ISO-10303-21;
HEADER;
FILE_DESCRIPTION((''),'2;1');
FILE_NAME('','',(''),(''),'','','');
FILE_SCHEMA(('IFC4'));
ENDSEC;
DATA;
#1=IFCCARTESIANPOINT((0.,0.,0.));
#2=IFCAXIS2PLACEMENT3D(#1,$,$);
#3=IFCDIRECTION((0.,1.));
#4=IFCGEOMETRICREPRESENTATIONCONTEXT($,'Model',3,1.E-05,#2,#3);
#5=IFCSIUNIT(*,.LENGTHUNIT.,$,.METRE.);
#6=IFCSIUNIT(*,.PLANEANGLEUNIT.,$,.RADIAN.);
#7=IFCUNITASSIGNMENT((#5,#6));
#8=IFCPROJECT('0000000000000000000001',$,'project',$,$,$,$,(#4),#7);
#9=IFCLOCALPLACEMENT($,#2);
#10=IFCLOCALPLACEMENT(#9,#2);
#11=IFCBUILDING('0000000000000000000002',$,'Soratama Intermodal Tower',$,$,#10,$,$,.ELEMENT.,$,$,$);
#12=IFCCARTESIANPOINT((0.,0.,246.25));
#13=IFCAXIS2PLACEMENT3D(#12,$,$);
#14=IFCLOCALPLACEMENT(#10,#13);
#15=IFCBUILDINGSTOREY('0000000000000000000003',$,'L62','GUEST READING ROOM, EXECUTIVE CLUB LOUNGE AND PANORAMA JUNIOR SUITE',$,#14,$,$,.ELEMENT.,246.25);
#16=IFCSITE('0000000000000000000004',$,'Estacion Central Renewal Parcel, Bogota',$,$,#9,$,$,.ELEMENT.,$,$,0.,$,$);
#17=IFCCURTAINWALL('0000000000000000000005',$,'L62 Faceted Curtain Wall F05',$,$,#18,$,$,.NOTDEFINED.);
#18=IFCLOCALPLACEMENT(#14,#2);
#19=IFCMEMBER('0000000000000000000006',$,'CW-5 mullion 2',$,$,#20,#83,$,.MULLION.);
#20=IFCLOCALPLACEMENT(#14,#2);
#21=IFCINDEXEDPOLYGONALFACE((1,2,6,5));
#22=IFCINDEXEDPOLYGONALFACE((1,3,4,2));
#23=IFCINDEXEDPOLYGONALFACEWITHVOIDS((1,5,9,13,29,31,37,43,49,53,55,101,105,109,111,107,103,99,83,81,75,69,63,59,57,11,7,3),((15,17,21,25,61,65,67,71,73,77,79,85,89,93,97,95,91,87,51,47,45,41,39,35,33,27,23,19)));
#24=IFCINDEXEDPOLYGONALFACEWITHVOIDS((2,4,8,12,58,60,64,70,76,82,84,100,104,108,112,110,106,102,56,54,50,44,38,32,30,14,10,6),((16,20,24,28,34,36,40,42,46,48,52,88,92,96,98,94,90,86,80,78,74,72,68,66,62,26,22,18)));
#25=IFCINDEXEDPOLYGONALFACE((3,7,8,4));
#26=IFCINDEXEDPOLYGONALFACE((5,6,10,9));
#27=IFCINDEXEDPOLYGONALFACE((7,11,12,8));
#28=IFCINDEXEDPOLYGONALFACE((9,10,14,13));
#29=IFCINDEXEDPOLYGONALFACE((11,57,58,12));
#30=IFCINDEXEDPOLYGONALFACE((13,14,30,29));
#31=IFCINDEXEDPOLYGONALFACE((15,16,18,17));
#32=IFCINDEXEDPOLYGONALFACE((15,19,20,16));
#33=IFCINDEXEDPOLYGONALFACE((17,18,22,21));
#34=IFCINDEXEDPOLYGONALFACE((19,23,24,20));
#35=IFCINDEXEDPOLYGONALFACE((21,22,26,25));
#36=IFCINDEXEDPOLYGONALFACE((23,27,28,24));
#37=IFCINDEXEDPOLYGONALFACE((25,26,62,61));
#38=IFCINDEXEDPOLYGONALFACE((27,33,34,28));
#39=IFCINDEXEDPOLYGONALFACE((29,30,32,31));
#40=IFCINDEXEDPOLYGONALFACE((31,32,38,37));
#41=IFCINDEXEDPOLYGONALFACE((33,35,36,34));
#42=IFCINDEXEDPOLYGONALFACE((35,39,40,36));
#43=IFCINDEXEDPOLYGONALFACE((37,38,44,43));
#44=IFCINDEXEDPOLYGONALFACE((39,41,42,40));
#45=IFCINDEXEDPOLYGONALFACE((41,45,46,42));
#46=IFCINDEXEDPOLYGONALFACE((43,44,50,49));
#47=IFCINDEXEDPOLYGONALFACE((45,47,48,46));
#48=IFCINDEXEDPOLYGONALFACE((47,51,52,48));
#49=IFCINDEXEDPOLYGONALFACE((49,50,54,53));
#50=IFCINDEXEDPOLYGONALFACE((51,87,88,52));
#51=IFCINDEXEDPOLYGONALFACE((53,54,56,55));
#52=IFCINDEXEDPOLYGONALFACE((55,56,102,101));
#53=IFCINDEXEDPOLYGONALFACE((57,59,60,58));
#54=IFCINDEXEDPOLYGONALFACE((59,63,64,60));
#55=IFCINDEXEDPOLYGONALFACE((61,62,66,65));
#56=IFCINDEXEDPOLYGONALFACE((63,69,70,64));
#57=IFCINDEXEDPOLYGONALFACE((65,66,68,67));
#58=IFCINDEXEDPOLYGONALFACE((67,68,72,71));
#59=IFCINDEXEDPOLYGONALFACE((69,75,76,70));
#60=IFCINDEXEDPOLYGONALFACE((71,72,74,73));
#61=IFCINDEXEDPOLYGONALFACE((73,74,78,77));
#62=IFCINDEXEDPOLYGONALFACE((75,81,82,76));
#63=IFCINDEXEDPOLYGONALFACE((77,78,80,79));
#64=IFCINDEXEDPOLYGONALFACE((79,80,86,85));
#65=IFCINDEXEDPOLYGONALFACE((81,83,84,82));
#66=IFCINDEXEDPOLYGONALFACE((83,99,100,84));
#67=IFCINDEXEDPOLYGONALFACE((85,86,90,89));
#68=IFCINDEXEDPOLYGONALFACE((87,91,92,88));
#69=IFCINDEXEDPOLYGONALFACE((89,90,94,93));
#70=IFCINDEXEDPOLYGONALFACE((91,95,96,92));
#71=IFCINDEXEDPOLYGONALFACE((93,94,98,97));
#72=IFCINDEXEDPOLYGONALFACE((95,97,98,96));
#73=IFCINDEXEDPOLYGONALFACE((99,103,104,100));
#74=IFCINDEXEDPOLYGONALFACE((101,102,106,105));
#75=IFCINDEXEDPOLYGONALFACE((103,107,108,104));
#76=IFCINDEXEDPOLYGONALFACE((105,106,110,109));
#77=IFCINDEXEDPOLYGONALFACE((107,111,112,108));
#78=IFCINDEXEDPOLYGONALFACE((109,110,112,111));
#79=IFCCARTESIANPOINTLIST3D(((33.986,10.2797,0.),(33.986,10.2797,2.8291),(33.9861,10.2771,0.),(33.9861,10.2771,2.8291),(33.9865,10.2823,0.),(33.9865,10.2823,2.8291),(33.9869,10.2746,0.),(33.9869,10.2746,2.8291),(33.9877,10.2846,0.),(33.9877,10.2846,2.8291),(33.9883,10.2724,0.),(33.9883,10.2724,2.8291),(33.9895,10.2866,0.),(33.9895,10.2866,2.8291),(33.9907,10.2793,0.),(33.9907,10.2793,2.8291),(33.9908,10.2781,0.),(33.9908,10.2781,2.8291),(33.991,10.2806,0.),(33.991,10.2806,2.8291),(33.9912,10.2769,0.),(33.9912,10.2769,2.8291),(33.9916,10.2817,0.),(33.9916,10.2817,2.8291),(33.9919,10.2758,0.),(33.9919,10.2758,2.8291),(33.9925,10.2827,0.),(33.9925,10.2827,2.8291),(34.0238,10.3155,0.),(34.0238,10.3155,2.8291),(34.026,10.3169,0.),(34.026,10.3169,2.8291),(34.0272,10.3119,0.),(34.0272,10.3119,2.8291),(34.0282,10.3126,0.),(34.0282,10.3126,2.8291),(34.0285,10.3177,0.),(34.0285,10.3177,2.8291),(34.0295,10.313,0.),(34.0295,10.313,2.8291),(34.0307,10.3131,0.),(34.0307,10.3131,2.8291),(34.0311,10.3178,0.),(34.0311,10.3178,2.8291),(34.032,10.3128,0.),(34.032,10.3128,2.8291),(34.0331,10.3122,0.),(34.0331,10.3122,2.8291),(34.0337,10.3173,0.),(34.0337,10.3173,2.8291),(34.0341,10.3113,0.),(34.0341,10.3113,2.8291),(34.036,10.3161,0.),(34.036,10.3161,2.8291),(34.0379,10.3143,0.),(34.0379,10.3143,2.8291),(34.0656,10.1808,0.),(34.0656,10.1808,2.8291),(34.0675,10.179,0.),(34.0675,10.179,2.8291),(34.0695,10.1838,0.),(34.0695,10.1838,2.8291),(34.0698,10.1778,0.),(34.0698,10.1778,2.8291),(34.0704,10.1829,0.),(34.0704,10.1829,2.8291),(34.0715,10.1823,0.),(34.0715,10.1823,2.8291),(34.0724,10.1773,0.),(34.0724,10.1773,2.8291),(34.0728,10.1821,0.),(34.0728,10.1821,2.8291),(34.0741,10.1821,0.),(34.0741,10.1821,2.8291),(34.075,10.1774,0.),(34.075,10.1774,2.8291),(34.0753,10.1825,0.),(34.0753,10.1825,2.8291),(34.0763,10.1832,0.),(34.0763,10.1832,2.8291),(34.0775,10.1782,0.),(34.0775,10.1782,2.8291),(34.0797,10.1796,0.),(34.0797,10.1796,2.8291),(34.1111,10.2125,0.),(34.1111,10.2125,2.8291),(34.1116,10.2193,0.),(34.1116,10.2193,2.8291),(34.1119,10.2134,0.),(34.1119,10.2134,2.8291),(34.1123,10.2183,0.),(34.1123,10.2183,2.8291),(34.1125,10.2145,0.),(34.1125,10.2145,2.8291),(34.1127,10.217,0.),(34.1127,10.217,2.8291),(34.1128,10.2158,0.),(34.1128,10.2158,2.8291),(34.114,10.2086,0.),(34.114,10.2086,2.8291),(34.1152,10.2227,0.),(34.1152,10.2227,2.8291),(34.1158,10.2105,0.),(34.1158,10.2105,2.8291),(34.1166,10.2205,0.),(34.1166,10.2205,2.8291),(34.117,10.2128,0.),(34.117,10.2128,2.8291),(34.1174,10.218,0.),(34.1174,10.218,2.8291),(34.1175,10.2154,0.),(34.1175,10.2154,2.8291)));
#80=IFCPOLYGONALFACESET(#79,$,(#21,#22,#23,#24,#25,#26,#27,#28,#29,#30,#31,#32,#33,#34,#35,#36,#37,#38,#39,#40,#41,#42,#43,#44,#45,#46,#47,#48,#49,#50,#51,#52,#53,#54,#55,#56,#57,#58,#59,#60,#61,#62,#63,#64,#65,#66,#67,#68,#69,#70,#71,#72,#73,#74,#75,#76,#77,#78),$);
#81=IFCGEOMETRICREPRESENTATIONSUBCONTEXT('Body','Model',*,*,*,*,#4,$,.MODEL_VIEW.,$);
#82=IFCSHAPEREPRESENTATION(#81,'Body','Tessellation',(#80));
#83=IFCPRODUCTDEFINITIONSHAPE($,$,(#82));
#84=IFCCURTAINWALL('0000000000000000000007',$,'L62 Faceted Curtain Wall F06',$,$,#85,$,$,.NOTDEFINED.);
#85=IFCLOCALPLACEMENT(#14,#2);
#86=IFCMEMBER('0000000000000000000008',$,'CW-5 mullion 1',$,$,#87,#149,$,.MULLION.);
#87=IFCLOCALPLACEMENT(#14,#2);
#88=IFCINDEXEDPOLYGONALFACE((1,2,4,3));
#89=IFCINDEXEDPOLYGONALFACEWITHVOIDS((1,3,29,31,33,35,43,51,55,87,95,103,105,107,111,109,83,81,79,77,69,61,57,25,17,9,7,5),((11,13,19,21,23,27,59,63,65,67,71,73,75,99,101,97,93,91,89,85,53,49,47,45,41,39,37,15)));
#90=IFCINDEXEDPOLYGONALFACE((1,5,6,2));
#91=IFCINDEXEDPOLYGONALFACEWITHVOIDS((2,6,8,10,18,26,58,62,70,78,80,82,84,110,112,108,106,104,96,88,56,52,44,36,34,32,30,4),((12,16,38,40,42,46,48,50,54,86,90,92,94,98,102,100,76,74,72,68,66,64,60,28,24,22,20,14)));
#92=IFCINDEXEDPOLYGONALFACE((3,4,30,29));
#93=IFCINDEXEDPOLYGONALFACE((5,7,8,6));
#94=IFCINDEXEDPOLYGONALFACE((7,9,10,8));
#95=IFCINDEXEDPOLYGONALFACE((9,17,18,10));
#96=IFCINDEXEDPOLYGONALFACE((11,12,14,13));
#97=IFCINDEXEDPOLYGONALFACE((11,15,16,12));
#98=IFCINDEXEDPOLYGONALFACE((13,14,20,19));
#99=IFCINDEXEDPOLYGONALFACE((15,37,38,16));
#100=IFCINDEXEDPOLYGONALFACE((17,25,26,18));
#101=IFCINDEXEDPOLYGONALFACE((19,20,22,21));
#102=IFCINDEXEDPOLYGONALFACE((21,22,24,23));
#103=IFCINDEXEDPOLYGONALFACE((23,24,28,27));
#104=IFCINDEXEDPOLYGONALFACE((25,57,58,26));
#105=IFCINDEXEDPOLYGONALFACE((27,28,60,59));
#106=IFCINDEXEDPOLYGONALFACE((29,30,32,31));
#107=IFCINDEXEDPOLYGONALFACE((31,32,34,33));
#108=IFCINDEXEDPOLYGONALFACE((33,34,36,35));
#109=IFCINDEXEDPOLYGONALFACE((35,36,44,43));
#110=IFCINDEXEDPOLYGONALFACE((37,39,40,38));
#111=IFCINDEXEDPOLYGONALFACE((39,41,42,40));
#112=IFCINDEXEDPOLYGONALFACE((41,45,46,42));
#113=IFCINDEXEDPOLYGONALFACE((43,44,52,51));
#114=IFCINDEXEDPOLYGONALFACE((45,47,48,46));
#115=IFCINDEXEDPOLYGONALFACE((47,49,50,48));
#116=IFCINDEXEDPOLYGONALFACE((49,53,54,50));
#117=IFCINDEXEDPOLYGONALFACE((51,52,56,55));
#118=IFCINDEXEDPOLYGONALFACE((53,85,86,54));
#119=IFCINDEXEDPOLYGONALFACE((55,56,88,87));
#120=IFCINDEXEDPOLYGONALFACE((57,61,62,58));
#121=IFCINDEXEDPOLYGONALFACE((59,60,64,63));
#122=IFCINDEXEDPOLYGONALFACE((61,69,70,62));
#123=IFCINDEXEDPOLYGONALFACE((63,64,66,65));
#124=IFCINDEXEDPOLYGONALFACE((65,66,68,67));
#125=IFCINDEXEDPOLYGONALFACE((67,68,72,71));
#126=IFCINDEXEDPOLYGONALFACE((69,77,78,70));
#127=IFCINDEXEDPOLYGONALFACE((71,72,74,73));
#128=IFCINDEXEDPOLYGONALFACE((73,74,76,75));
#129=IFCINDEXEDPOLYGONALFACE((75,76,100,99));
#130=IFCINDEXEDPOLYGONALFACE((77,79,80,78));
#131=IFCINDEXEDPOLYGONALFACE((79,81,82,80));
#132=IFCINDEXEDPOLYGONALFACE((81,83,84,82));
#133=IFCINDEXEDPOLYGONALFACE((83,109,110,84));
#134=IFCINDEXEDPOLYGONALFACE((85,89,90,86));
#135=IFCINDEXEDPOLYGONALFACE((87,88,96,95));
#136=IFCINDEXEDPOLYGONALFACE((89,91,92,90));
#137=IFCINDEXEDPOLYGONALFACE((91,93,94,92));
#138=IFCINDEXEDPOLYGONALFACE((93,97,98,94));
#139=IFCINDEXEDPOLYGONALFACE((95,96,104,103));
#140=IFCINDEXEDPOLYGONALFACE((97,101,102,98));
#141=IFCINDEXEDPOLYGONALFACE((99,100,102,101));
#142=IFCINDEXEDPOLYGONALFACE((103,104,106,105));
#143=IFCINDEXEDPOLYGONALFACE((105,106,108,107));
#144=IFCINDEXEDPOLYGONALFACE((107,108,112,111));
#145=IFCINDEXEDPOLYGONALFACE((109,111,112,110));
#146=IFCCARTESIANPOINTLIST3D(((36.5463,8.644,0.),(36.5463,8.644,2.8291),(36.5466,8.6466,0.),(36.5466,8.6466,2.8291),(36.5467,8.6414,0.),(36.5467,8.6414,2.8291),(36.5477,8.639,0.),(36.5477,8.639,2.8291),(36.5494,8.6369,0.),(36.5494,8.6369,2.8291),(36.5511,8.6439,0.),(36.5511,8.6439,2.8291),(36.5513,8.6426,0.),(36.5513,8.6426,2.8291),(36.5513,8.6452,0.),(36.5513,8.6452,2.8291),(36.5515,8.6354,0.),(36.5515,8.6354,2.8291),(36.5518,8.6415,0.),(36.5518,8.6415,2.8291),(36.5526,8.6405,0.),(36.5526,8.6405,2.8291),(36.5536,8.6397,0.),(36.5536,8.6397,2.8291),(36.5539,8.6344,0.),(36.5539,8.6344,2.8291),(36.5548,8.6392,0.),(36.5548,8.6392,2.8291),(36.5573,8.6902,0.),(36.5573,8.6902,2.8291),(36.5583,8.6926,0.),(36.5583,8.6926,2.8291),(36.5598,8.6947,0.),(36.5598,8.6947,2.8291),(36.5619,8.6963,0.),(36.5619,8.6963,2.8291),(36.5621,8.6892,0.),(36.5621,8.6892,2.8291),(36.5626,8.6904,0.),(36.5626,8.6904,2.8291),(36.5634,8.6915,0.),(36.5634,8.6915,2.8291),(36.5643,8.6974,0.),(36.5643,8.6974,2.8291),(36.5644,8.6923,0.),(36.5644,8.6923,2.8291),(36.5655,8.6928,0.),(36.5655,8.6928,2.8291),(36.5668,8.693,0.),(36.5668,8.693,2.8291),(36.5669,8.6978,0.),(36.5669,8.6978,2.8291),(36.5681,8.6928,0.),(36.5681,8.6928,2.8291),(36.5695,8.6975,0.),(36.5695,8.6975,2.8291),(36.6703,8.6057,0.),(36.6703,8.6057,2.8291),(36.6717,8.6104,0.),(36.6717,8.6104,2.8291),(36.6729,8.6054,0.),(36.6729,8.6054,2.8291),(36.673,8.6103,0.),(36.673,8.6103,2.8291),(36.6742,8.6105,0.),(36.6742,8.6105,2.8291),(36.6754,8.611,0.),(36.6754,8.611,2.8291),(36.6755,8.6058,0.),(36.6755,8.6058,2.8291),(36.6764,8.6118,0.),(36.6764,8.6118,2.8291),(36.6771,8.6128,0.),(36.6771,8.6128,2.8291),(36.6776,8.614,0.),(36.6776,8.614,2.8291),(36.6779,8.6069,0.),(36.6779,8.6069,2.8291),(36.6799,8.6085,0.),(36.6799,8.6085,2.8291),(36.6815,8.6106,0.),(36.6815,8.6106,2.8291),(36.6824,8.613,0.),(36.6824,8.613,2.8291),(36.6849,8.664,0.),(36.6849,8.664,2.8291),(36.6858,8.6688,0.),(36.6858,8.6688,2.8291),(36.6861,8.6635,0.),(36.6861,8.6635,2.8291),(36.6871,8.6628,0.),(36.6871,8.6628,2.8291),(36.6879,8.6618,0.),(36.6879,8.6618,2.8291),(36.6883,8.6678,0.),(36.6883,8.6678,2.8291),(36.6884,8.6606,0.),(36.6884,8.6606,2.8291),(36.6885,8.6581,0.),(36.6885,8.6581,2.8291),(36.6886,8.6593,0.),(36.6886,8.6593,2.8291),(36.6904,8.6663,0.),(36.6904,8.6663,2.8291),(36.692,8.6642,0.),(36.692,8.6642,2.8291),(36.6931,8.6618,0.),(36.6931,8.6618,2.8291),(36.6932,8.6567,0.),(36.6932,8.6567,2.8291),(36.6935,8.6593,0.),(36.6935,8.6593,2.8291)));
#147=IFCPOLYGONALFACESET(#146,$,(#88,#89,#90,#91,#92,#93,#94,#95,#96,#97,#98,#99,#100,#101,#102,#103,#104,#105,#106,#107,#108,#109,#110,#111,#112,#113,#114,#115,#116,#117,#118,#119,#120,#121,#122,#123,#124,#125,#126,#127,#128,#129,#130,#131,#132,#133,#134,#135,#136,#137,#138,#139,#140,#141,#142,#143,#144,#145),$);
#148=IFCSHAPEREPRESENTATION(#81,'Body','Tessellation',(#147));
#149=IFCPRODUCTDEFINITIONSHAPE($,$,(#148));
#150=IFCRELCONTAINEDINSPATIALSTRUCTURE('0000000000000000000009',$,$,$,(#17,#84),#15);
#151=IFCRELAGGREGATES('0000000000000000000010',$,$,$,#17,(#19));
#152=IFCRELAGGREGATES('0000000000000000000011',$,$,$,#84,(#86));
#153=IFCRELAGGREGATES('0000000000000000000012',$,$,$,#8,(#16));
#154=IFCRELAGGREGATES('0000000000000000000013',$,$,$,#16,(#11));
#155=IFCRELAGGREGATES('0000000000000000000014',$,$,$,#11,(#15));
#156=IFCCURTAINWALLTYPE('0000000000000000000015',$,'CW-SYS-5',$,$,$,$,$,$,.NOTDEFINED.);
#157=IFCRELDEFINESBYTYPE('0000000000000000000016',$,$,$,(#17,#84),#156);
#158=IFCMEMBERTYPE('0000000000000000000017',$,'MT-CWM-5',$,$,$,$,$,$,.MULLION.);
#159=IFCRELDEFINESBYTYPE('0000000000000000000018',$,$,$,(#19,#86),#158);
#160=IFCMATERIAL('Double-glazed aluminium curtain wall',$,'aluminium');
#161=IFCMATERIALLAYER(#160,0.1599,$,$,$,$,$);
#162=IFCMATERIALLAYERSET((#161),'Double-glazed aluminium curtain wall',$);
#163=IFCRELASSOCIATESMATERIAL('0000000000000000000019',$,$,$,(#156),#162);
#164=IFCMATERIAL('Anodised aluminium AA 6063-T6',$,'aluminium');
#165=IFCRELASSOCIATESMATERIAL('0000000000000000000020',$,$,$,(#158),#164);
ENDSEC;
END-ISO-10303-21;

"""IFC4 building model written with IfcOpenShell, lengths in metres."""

from ifc_helpers import new_model, si_unit, direction, frame, origin, origin_2d, place, context, subcontext, project, spatial, hollow_rectangle, extrude, material, layer, layer_set, material_profile, profile_set, type_object, element, aggregate, save


model = new_model("IFC4")

# Units and contexts
model_context = context("Model", 3, precision=1e-05, world=origin(), true_north=direction((0.0, 1.0)))
body_context = subcontext(model_context, "Body", "Model", "MODEL_VIEW")
ifc_project = project(units=[si_unit("LENGTHUNIT", "METRE"), si_unit("PLANEANGLEUNIT", "RADIAN")], contexts=[model_context])

# Site, building, storey
site_placement = place(None, origin())
site = spatial("IfcSite", under=ifc_project, at=site_placement, Name="Estacion Central Renewal Parcel, Bogota", CompositionType="ELEMENT", RefElevation=0.0)
building_placement = place(site_placement, origin())
building = spatial("IfcBuilding", under=site, at=building_placement, Name="Soratama Intermodal Tower", CompositionType="ELEMENT")
storey_placement = place(building_placement, frame((0.0, 0.0, 246.25)))
storey = spatial("IfcBuildingStorey", under=building, at=storey_placement, Name="L62", Description="GUEST READING ROOM, EXECUTIVE CLUB LOUNGE AND PANORAMA JUNIOR SUITE", CompositionType="ELEMENT", Elevation=246.25)

# Curtain wall, member
ifc_material_1 = material(Name="Double-glazed aluminium curtain wall", Category="aluminium")
ifc_layer_1 = layer(ifc_material_1, 0.1599)
ifc_layer_set_1 = layer_set([ifc_layer_1], Name="Double-glazed aluminium curtain wall")
curtain_wall_type = type_object("IfcCurtainWallType", Name="CW-SYS-5", PredefinedType="NOTDEFINED", material=ifc_layer_set_1)
curtain_wall_1_placement = place(storey_placement, origin())
curtain_wall_1 = element("IfcCurtainWall", 1, at=curtain_wall_1_placement, inside=storey, type_object=curtain_wall_type, Name="L62 Faceted Curtain Wall F05", PredefinedType="NOTDEFINED")
ifc_material_2 = material(Name="Anodised aluminium AA 6063-T6", Category="aluminium")
ifc_material_profile_1 = material_profile(ifc_material_2, hollow_rectangle(XDim=0.0649, YDim=0.1399, WallThickness=0.0049, InnerFilletRadius=0.0049, OuterFilletRadius=0.01, at=origin_2d()), Name="CWM140X65X5")
ifc_profile_set_1 = profile_set([ifc_material_profile_1], Name="Anodised aluminium AA 6063-T6")
member_type_1 = type_object("IfcMemberType", Name="MT-CWM-5", PredefinedType="MULLION", material=ifc_profile_set_1)
member_1_placement = place(storey_placement, frame((34.0518, 10.2476, 0.0), z_axis=(0.0, 0.0, 1.0), x_axis=(0.764467, 0.644663, 0.0)))
member_1 = element("IfcMember", 2, at=member_1_placement, type_object=member_type_1, Name="CW-5 mullion 2", PredefinedType="MULLION", context=body_context, shape_type="SweptSolid", body=[
    extrude(hollow_rectangle(XDim=0.0649, YDim=0.1399, WallThickness=0.0049, InnerFilletRadius=0.0049, OuterFilletRadius=0.01, at=origin_2d()), origin(), (0.0, 0.0, 1.0), 2.8291),
])
aggregate(curtain_wall_1, [member_1])

# Curtain wall, member
curtain_wall_2_placement = place(storey_placement, origin())
curtain_wall_2 = element("IfcCurtainWall", 3, at=curtain_wall_2_placement, inside=storey, type_object=curtain_wall_type, Name="L62 Faceted Curtain Wall F06", PredefinedType="NOTDEFINED")
member_2_placement = place(storey_placement, frame((36.6199, 8.6516, 0.0), z_axis=(0.0, 0.0, 1.0), x_axis=(0.239548, 0.970885, 0.0)))
member_2 = element("IfcMember", 4, at=member_2_placement, type_object=member_type_1, Name="CW-5 mullion 1", PredefinedType="MULLION", context=body_context, shape_type="SweptSolid", body=[
    extrude(hollow_rectangle(XDim=0.0649, YDim=0.1399, WallThickness=0.0049, InnerFilletRadius=0.0049, OuterFilletRadius=0.01, at=origin_2d()), origin(), (0.0, 0.0, 1.0), 2.8291),
])
aggregate(curtain_wall_2, [member_2])

save(model, "model.ifc")
